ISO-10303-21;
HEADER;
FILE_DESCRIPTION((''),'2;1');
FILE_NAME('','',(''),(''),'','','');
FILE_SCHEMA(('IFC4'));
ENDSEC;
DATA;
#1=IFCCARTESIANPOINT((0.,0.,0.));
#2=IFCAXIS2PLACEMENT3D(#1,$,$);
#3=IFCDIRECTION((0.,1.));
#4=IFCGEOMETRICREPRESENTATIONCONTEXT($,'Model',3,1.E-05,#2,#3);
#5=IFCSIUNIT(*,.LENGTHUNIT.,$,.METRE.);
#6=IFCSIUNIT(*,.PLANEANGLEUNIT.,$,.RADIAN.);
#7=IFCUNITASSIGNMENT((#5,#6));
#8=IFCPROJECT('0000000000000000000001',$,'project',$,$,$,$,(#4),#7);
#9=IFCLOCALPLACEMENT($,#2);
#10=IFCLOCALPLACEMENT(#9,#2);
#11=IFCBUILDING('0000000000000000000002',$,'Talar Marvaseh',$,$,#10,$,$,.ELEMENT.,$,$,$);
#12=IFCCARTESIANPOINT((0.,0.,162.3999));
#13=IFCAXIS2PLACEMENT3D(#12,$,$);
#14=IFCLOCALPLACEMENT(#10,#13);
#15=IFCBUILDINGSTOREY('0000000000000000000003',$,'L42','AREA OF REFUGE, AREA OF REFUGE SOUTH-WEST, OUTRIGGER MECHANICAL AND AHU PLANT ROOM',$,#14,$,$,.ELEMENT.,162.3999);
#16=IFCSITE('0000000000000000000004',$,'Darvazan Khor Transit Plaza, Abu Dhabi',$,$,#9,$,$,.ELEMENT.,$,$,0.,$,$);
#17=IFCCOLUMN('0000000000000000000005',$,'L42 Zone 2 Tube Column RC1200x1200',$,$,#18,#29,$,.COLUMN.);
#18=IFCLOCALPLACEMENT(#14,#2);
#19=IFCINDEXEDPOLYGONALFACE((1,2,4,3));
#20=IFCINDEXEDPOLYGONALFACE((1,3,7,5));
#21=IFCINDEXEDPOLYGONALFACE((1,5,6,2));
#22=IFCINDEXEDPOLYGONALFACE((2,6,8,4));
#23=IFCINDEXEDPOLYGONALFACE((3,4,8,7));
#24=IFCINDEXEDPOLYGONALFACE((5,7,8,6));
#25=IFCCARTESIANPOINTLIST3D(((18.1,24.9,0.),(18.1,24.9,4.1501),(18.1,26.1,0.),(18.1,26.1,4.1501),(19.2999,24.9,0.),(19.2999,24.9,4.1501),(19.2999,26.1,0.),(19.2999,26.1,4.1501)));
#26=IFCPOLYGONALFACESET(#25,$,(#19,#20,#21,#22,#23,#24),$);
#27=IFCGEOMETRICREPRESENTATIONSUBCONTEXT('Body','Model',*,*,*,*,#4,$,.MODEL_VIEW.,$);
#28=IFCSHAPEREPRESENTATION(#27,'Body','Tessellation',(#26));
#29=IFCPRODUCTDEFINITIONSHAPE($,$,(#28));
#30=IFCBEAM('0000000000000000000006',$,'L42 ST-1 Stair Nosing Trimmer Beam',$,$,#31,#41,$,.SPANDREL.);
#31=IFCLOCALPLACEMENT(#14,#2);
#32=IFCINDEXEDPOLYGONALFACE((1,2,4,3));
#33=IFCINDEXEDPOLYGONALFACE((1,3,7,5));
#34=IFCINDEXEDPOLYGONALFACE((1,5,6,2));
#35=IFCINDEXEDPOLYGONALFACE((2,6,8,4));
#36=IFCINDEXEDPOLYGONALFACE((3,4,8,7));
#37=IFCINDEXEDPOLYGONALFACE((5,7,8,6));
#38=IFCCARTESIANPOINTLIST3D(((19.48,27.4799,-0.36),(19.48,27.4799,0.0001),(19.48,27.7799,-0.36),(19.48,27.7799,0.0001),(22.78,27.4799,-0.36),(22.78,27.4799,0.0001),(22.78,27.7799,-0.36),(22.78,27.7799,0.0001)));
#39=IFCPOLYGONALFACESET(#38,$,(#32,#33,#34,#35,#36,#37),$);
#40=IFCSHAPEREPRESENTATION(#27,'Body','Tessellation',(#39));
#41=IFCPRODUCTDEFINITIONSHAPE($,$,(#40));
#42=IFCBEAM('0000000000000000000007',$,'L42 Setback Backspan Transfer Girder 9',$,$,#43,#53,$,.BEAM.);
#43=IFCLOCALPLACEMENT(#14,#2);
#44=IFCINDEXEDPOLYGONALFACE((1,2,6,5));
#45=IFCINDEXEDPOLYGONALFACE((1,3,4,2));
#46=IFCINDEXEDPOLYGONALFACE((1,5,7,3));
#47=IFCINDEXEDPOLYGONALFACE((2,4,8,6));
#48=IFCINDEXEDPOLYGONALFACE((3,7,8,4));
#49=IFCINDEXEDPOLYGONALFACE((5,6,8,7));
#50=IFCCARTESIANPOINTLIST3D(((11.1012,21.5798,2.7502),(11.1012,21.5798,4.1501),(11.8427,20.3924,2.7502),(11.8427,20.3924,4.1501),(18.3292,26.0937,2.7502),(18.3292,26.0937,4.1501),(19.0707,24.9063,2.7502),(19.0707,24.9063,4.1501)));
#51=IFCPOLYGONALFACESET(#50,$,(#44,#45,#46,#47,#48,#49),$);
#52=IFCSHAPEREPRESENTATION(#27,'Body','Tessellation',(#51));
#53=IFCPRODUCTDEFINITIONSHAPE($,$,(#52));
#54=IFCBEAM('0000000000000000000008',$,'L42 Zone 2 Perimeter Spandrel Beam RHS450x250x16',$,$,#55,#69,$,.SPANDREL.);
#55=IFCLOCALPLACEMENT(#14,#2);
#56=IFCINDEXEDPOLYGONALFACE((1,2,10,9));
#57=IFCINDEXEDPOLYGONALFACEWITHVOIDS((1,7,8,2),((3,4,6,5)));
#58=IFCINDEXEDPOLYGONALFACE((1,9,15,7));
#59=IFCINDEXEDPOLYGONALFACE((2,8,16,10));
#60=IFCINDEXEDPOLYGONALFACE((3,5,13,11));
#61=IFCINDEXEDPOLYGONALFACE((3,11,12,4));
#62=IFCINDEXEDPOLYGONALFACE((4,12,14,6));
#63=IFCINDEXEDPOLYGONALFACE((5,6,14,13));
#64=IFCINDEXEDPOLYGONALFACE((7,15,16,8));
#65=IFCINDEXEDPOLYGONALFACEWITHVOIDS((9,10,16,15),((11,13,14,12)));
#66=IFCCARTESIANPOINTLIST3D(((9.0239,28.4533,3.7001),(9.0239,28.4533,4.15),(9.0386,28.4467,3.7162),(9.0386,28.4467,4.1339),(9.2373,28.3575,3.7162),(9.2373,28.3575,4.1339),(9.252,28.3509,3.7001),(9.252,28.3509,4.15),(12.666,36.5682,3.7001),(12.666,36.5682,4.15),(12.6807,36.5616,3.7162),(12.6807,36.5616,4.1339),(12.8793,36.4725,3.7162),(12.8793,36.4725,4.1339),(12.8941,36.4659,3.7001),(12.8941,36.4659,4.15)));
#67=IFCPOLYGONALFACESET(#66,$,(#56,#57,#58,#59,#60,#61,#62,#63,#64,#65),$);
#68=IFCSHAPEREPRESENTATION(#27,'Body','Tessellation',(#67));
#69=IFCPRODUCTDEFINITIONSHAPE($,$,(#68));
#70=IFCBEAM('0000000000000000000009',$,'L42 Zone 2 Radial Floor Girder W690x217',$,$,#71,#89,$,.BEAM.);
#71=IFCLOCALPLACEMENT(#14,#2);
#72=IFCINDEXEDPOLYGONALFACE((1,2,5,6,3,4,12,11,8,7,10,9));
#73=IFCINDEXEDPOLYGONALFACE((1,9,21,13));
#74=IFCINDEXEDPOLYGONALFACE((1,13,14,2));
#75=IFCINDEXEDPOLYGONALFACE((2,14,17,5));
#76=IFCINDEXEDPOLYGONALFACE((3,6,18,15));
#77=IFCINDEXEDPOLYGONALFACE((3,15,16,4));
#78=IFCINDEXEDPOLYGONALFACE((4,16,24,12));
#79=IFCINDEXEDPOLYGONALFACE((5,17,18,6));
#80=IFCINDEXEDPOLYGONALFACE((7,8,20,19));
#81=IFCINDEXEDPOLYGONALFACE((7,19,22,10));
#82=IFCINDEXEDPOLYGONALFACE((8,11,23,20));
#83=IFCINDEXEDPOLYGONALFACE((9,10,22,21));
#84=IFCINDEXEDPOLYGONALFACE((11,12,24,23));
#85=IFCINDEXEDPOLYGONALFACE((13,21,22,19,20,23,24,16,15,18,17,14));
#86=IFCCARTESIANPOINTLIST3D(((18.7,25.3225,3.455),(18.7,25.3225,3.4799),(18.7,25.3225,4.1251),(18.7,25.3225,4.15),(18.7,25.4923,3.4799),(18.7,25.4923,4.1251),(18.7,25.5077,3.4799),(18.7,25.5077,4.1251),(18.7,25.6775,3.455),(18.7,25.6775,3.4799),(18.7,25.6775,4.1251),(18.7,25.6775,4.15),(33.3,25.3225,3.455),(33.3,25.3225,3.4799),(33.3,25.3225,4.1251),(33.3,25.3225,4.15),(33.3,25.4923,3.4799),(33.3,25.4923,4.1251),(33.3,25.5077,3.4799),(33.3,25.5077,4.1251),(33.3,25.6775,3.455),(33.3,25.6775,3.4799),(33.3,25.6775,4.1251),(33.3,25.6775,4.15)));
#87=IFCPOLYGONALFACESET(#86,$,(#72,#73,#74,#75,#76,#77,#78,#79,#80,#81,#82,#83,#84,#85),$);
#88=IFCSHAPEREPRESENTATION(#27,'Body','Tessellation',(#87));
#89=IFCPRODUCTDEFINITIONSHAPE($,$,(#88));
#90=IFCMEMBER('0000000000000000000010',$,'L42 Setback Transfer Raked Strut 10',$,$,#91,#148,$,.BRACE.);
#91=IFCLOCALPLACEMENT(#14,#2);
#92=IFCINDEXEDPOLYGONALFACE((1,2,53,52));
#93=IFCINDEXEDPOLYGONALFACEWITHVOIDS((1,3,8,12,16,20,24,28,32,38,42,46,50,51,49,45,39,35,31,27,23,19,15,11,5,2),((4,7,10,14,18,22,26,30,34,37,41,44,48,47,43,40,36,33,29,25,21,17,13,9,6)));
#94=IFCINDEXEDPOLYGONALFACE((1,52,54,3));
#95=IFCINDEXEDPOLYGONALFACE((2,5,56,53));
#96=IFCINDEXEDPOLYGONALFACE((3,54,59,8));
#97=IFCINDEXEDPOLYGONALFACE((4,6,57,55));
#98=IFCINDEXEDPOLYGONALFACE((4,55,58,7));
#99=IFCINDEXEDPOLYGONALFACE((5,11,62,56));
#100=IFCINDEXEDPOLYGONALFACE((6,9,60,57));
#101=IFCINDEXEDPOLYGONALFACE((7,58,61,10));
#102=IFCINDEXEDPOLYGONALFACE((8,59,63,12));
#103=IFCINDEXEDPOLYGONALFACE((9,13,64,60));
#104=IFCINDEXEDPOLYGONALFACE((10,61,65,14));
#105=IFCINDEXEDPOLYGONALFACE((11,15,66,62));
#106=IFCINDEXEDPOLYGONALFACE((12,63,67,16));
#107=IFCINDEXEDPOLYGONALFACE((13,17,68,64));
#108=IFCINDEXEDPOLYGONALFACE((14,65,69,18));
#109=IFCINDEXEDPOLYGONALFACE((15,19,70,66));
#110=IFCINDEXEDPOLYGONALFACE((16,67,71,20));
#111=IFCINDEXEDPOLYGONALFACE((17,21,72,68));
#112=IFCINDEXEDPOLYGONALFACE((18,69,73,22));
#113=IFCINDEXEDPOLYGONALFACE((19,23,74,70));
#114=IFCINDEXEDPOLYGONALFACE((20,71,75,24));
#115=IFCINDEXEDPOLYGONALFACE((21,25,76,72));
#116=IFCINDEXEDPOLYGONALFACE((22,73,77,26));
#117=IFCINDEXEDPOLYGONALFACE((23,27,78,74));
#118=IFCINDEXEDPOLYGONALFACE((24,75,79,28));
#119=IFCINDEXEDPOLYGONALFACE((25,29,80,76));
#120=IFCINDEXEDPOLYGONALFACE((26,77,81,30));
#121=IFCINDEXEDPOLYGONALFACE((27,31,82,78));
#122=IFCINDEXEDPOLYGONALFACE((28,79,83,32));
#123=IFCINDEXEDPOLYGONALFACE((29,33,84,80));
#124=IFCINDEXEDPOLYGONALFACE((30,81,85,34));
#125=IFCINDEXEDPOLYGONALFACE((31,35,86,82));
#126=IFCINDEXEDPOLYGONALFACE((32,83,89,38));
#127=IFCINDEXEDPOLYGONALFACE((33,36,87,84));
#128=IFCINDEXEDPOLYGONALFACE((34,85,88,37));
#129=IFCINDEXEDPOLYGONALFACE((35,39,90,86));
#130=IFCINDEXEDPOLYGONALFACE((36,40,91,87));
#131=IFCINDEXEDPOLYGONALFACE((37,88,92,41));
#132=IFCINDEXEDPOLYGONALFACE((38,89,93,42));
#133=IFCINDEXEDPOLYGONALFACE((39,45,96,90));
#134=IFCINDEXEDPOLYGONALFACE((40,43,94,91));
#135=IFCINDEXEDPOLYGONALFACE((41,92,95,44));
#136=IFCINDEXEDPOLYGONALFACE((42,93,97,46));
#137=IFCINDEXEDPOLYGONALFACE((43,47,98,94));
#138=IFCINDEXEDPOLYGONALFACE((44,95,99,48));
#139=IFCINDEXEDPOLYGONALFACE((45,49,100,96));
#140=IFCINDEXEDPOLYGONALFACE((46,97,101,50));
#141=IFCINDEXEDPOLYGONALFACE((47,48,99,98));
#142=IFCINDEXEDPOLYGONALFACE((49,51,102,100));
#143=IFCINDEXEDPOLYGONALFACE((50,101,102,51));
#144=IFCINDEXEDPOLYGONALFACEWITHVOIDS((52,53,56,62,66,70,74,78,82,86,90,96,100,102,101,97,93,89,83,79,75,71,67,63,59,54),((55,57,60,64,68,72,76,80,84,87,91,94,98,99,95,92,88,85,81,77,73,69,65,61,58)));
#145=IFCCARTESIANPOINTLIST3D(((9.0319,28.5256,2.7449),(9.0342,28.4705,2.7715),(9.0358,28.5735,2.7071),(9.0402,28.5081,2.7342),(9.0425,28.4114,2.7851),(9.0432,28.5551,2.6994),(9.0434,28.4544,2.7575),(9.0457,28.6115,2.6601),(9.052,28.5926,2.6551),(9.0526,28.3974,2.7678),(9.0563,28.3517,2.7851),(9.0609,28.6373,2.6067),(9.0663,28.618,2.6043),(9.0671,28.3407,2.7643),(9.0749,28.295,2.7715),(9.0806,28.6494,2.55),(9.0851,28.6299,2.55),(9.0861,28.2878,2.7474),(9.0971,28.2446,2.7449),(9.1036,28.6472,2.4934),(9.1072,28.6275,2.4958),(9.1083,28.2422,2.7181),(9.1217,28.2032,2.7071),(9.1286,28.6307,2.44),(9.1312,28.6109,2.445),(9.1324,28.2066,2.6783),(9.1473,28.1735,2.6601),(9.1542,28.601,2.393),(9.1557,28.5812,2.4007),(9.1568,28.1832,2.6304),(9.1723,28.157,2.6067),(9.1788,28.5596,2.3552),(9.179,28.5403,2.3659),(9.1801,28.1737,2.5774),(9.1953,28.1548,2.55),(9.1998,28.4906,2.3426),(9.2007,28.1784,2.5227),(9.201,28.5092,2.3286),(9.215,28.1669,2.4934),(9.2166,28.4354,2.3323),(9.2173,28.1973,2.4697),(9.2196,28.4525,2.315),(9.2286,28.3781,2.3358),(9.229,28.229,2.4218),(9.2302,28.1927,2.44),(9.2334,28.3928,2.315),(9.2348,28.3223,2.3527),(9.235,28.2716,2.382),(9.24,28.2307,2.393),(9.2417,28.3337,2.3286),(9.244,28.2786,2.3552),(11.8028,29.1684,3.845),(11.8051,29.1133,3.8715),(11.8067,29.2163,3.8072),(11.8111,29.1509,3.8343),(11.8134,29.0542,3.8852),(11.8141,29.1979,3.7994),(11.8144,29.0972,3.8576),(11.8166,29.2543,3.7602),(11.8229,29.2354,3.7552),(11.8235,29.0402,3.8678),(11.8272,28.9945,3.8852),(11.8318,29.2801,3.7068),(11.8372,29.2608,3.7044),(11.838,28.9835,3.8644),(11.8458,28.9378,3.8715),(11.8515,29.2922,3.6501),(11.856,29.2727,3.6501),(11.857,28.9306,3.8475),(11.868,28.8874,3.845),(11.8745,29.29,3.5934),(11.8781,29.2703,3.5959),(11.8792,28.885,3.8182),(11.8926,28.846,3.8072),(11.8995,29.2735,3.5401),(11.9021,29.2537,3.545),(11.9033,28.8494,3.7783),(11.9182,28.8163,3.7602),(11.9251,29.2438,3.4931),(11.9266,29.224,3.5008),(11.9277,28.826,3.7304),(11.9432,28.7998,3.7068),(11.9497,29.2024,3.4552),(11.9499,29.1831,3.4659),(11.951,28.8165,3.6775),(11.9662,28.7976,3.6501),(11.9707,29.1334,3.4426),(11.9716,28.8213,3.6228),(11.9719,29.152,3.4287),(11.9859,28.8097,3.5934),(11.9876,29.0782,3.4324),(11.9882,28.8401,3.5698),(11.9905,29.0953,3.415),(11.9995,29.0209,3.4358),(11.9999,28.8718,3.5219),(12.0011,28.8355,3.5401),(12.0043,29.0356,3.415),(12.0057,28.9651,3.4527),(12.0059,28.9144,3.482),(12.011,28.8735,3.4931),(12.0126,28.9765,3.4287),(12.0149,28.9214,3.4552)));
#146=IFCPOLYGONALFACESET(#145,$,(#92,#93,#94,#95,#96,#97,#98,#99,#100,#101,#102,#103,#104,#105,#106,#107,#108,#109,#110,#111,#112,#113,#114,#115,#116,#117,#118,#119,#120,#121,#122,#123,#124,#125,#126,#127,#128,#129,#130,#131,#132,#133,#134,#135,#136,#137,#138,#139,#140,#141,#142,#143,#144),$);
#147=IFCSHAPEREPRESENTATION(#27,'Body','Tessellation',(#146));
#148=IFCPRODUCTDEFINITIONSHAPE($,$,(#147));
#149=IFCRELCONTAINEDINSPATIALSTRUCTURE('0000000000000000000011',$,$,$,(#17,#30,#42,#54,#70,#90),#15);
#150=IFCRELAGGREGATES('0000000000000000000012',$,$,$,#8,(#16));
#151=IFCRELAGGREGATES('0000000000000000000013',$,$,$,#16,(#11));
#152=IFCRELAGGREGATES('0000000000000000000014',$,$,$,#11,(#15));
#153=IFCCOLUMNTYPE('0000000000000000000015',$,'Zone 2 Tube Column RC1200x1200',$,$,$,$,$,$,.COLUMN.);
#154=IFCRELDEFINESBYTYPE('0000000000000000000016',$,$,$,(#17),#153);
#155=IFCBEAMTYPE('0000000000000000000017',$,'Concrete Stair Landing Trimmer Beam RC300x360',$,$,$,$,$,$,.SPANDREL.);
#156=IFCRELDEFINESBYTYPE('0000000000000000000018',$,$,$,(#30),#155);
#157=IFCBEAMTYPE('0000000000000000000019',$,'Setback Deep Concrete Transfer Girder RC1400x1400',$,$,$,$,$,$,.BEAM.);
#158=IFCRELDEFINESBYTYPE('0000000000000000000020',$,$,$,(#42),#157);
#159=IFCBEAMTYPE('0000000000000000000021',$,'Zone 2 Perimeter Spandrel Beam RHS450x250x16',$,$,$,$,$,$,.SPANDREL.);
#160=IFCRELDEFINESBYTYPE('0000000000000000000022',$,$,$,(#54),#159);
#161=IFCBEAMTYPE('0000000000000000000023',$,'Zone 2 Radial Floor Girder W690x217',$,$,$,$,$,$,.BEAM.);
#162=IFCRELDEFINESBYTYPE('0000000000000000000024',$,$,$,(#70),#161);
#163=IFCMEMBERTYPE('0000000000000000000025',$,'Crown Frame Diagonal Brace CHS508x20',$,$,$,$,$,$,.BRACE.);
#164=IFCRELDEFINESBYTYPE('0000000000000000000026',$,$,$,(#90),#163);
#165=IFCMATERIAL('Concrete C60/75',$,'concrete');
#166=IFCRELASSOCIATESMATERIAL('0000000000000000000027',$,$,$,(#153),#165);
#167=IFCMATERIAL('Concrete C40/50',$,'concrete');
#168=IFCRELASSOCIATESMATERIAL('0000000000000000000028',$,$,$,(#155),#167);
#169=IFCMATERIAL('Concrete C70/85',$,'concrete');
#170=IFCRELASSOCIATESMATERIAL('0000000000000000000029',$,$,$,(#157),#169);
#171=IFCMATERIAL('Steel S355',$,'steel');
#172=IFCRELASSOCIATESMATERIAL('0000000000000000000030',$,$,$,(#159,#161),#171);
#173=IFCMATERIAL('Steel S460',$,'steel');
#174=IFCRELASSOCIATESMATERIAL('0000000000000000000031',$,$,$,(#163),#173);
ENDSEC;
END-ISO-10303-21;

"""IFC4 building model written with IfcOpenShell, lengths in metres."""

from ifc_helpers import new_model, si_unit, direction, frame, origin, origin_2d, place, context, subcontext, project, spatial, rectangle, hollow_rectangle, hollow_circle, i_section, extrude, source, transform, mapped, material, material_profile, profile_set, type_object, type_shapes, element, save


model = new_model("IFC4")

# Units and contexts
model_context = context("Model", 3, precision=1e-05, world=origin(), true_north=direction((0.0, 1.0)))
body_context = subcontext(model_context, "Body", "Model", "MODEL_VIEW")
ifc_project = project(units=[si_unit("LENGTHUNIT", "METRE"), si_unit("PLANEANGLEUNIT", "RADIAN")], contexts=[model_context])

# Site, building, storey
site_placement = place(None, origin())
site = spatial("IfcSite", under=ifc_project, at=site_placement, Name="Darvazan Khor Transit Plaza, Abu Dhabi", CompositionType="ELEMENT", RefElevation=0.0)
building_placement = place(site_placement, origin())
building = spatial("IfcBuilding", under=site, at=building_placement, Name="Talar Marvaseh", CompositionType="ELEMENT")
storey_placement = place(building_placement, frame((0.0, 0.0, 162.3999)))
storey = spatial("IfcBuildingStorey", under=building, at=storey_placement, Name="L42", Description="AREA OF REFUGE, AREA OF REFUGE SOUTH-WEST, OUTRIGGER MECHANICAL AND AHU PLANT ROOM", CompositionType="ELEMENT", Elevation=162.3999)

# Column
ifc_material_1 = material(Name="Concrete C60/75", Category="concrete")
ifc_material_profile_1 = material_profile(ifc_material_1, rectangle(XDim=1.2, YDim=1.2, at=origin_2d()), Name="RC1200x1200")
ifc_profile_set_1 = profile_set([ifc_material_profile_1], Name="Concrete C60/75")
column_type = type_object("IfcColumnType", Name="Zone 2 Tube Column RC1200x1200", PredefinedType="COLUMN", material=ifc_profile_set_1)
column_placement = place(storey_placement, frame((18.7, 25.5, 0.0), z_axis=(0.0, 0.0, 1.0), x_axis=(1.0, 0.0, 0.0)))
element("IfcColumn", 1, at=column_placement, inside=storey, type_object=column_type, Name="L42 Zone 2 Tube Column RC1200x1200", PredefinedType="COLUMN", context=body_context, shape_type="SweptSolid", body=[
    extrude(rectangle(XDim=1.2, YDim=1.2, at=origin_2d()), origin(), (0.0, 0.0, 1.0), 4.1501),
])

# Beams
ifc_material_2 = material(Name="Concrete C40/50", Category="concrete")
ifc_material_profile_2 = material_profile(ifc_material_2, rectangle(XDim=0.3, YDim=0.3601, at=origin_2d()), Name="RC300x360")
ifc_profile_set_2 = profile_set([ifc_material_profile_2], Name="Concrete C40/50")
beam_type_1 = type_object("IfcBeamType", Name="Concrete Stair Landing Trimmer Beam RC300x360", PredefinedType="SPANDREL", material=ifc_profile_set_2)
beam_1_placement = place(storey_placement, frame((22.78, 27.6299, -0.1799), z_axis=(-1.0, 0.0, 0.0), x_axis=(0.0, -1.0, 0.0)))
element("IfcBeam", 2, at=beam_1_placement, inside=storey, type_object=beam_type_1, Name="L42 ST-1 Stair Nosing Trimmer Beam", PredefinedType="SPANDREL", context=body_context, shape_type="SweptSolid", body=[
    extrude(rectangle(XDim=0.3, YDim=0.3601, at=origin_2d()), origin(), (0.0, 0.0, 1.0), 3.3),
])
ifc_material_3 = material(Name="Concrete C70/85", Category="concrete")
ifc_material_profile_3 = material_profile(ifc_material_3, rectangle(XDim=1.3999, YDim=1.3999, at=origin_2d()), Name="RC1400x1400")
ifc_profile_set_3 = profile_set([ifc_material_profile_3], Name="Concrete C70/85")
beam_type_2 = type_object("IfcBeamType", Name="Setback Deep Concrete Transfer Girder RC1400x1400", PredefinedType="BEAM", material=ifc_profile_set_3)
beam_2_placement = place(storey_placement, frame((11.4719, 20.9861, 3.4502), z_axis=(0.848188, 0.529695, 0.0), x_axis=(-0.529695, 0.848188, 0.0)))
element("IfcBeam", 3, at=beam_2_placement, inside=storey, type_object=beam_type_2, Name="L42 Setback Backspan Transfer Girder 9", PredefinedType="BEAM", context=body_context, shape_type="SweptSolid", body=[
    extrude(rectangle(XDim=1.3999, YDim=1.3999, at=origin_2d()), origin(), (0.0, 0.0, 1.0), 8.5217),
])
ifc_material_4 = material(Name="Steel S355", Category="steel")
ifc_material_profile_4 = material_profile(ifc_material_4, hollow_rectangle(XDim=0.25, YDim=0.45, WallThickness=0.0161, at=origin_2d()), Name="RHS450x250x16")
ifc_profile_set_4 = profile_set([ifc_material_profile_4], Name="Steel S355")
beam_type_3 = type_object("IfcBeamType", Name="Zone 2 Perimeter Spandrel Beam RHS450x250x16", PredefinedType="SPANDREL", material=ifc_profile_set_4)
beam_3_placement = place(storey_placement, frame((9.1379, 28.4021, 3.925), z_axis=(0.409462, 0.912327, 0.0), x_axis=(-0.912327, 0.409462, 0.0)))
element("IfcBeam", 4, at=beam_3_placement, inside=storey, type_object=beam_type_3, Name="L42 Zone 2 Perimeter Spandrel Beam RHS450x250x16", PredefinedType="SPANDREL", context=body_context, shape_type="SweptSolid", body=[
    extrude(hollow_rectangle(XDim=0.25, YDim=0.45, WallThickness=0.0161, at=origin_2d()), origin(), (0.0, 0.0, 1.0), 8.8948),
])
ifc_material_profile_5 = material_profile(ifc_material_4, i_section(OverallWidth=0.355, OverallDepth=0.6951, WebThickness=0.0154, FlangeThickness=0.0249, at=origin_2d()), Name="W690x217")
ifc_profile_set_5 = profile_set([ifc_material_profile_5], Name="Steel S355")
beam_type_4 = type_object("IfcBeamType", Name="Zone 2 Radial Floor Girder W690x217", PredefinedType="BEAM", material=ifc_profile_set_5)
beam_4_placement = place(storey_placement, frame((18.7, 25.5, 3.8025), z_axis=(1.0, 0.0, 0.0), x_axis=(0.0, 1.0, 0.0)))
element("IfcBeam", 5, at=beam_4_placement, inside=storey, type_object=beam_type_4, Name="L42 Zone 2 Radial Floor Girder W690x217", PredefinedType="BEAM", context=body_context, shape_type="SweptSolid", body=[
    extrude(i_section(OverallWidth=0.355, OverallDepth=0.6951, WebThickness=0.0154, FlangeThickness=0.0249, at=origin_2d()), origin(), (0.0, 0.0, 1.0), 14.6001),
])

# Member
ifc_material_5 = material(Name="Steel S460", Category="steel")
ifc_material_profile_6 = material_profile(ifc_material_5, hollow_circle(Radius=0.2539, WallThickness=0.02, at=origin_2d()), Name="CHS508x20")
ifc_profile_set_6 = profile_set([ifc_material_profile_6], Name="Steel S460")
member_type_1 = type_object("IfcMemberType", Name="Crown Frame Diagonal Brace CHS508x20", PredefinedType="BRACE", material=ifc_profile_set_6)
shared_shape_1 = source(origin(), body_context, "Body", "SweptSolid", [
    extrude(hollow_circle(Radius=0.2539, WallThickness=0.02, at=origin_2d()), origin(), (0.0, 0.0, 1.0), 3.0498),
])
type_shapes(member_type_1, [shared_shape_1])
member_1_placement = place(storey_placement, frame((9.1379, 28.4021, 2.55), z_axis=(0.908555, 0.210769, 0.3607), x_axis=(-0.225981, 0.974132, 0.0)))
element("IfcMember", 6, at=member_1_placement, inside=storey, type_object=member_type_1, Name="L42 Setback Transfer Raked Strut 10", PredefinedType="BRACE", context=body_context, shape_type="MappedRepresentation", body=[
    mapped(shared_shape_1, transform((0.0, 0.0, 0.0), x_axis=(1.0, 0.0, 0.0), y_axis=(0.0, 1.0, 0.0), z_axis=(0.0, 0.0, 1.0), scale=1.0)),
])

save(model, "model.ifc")
